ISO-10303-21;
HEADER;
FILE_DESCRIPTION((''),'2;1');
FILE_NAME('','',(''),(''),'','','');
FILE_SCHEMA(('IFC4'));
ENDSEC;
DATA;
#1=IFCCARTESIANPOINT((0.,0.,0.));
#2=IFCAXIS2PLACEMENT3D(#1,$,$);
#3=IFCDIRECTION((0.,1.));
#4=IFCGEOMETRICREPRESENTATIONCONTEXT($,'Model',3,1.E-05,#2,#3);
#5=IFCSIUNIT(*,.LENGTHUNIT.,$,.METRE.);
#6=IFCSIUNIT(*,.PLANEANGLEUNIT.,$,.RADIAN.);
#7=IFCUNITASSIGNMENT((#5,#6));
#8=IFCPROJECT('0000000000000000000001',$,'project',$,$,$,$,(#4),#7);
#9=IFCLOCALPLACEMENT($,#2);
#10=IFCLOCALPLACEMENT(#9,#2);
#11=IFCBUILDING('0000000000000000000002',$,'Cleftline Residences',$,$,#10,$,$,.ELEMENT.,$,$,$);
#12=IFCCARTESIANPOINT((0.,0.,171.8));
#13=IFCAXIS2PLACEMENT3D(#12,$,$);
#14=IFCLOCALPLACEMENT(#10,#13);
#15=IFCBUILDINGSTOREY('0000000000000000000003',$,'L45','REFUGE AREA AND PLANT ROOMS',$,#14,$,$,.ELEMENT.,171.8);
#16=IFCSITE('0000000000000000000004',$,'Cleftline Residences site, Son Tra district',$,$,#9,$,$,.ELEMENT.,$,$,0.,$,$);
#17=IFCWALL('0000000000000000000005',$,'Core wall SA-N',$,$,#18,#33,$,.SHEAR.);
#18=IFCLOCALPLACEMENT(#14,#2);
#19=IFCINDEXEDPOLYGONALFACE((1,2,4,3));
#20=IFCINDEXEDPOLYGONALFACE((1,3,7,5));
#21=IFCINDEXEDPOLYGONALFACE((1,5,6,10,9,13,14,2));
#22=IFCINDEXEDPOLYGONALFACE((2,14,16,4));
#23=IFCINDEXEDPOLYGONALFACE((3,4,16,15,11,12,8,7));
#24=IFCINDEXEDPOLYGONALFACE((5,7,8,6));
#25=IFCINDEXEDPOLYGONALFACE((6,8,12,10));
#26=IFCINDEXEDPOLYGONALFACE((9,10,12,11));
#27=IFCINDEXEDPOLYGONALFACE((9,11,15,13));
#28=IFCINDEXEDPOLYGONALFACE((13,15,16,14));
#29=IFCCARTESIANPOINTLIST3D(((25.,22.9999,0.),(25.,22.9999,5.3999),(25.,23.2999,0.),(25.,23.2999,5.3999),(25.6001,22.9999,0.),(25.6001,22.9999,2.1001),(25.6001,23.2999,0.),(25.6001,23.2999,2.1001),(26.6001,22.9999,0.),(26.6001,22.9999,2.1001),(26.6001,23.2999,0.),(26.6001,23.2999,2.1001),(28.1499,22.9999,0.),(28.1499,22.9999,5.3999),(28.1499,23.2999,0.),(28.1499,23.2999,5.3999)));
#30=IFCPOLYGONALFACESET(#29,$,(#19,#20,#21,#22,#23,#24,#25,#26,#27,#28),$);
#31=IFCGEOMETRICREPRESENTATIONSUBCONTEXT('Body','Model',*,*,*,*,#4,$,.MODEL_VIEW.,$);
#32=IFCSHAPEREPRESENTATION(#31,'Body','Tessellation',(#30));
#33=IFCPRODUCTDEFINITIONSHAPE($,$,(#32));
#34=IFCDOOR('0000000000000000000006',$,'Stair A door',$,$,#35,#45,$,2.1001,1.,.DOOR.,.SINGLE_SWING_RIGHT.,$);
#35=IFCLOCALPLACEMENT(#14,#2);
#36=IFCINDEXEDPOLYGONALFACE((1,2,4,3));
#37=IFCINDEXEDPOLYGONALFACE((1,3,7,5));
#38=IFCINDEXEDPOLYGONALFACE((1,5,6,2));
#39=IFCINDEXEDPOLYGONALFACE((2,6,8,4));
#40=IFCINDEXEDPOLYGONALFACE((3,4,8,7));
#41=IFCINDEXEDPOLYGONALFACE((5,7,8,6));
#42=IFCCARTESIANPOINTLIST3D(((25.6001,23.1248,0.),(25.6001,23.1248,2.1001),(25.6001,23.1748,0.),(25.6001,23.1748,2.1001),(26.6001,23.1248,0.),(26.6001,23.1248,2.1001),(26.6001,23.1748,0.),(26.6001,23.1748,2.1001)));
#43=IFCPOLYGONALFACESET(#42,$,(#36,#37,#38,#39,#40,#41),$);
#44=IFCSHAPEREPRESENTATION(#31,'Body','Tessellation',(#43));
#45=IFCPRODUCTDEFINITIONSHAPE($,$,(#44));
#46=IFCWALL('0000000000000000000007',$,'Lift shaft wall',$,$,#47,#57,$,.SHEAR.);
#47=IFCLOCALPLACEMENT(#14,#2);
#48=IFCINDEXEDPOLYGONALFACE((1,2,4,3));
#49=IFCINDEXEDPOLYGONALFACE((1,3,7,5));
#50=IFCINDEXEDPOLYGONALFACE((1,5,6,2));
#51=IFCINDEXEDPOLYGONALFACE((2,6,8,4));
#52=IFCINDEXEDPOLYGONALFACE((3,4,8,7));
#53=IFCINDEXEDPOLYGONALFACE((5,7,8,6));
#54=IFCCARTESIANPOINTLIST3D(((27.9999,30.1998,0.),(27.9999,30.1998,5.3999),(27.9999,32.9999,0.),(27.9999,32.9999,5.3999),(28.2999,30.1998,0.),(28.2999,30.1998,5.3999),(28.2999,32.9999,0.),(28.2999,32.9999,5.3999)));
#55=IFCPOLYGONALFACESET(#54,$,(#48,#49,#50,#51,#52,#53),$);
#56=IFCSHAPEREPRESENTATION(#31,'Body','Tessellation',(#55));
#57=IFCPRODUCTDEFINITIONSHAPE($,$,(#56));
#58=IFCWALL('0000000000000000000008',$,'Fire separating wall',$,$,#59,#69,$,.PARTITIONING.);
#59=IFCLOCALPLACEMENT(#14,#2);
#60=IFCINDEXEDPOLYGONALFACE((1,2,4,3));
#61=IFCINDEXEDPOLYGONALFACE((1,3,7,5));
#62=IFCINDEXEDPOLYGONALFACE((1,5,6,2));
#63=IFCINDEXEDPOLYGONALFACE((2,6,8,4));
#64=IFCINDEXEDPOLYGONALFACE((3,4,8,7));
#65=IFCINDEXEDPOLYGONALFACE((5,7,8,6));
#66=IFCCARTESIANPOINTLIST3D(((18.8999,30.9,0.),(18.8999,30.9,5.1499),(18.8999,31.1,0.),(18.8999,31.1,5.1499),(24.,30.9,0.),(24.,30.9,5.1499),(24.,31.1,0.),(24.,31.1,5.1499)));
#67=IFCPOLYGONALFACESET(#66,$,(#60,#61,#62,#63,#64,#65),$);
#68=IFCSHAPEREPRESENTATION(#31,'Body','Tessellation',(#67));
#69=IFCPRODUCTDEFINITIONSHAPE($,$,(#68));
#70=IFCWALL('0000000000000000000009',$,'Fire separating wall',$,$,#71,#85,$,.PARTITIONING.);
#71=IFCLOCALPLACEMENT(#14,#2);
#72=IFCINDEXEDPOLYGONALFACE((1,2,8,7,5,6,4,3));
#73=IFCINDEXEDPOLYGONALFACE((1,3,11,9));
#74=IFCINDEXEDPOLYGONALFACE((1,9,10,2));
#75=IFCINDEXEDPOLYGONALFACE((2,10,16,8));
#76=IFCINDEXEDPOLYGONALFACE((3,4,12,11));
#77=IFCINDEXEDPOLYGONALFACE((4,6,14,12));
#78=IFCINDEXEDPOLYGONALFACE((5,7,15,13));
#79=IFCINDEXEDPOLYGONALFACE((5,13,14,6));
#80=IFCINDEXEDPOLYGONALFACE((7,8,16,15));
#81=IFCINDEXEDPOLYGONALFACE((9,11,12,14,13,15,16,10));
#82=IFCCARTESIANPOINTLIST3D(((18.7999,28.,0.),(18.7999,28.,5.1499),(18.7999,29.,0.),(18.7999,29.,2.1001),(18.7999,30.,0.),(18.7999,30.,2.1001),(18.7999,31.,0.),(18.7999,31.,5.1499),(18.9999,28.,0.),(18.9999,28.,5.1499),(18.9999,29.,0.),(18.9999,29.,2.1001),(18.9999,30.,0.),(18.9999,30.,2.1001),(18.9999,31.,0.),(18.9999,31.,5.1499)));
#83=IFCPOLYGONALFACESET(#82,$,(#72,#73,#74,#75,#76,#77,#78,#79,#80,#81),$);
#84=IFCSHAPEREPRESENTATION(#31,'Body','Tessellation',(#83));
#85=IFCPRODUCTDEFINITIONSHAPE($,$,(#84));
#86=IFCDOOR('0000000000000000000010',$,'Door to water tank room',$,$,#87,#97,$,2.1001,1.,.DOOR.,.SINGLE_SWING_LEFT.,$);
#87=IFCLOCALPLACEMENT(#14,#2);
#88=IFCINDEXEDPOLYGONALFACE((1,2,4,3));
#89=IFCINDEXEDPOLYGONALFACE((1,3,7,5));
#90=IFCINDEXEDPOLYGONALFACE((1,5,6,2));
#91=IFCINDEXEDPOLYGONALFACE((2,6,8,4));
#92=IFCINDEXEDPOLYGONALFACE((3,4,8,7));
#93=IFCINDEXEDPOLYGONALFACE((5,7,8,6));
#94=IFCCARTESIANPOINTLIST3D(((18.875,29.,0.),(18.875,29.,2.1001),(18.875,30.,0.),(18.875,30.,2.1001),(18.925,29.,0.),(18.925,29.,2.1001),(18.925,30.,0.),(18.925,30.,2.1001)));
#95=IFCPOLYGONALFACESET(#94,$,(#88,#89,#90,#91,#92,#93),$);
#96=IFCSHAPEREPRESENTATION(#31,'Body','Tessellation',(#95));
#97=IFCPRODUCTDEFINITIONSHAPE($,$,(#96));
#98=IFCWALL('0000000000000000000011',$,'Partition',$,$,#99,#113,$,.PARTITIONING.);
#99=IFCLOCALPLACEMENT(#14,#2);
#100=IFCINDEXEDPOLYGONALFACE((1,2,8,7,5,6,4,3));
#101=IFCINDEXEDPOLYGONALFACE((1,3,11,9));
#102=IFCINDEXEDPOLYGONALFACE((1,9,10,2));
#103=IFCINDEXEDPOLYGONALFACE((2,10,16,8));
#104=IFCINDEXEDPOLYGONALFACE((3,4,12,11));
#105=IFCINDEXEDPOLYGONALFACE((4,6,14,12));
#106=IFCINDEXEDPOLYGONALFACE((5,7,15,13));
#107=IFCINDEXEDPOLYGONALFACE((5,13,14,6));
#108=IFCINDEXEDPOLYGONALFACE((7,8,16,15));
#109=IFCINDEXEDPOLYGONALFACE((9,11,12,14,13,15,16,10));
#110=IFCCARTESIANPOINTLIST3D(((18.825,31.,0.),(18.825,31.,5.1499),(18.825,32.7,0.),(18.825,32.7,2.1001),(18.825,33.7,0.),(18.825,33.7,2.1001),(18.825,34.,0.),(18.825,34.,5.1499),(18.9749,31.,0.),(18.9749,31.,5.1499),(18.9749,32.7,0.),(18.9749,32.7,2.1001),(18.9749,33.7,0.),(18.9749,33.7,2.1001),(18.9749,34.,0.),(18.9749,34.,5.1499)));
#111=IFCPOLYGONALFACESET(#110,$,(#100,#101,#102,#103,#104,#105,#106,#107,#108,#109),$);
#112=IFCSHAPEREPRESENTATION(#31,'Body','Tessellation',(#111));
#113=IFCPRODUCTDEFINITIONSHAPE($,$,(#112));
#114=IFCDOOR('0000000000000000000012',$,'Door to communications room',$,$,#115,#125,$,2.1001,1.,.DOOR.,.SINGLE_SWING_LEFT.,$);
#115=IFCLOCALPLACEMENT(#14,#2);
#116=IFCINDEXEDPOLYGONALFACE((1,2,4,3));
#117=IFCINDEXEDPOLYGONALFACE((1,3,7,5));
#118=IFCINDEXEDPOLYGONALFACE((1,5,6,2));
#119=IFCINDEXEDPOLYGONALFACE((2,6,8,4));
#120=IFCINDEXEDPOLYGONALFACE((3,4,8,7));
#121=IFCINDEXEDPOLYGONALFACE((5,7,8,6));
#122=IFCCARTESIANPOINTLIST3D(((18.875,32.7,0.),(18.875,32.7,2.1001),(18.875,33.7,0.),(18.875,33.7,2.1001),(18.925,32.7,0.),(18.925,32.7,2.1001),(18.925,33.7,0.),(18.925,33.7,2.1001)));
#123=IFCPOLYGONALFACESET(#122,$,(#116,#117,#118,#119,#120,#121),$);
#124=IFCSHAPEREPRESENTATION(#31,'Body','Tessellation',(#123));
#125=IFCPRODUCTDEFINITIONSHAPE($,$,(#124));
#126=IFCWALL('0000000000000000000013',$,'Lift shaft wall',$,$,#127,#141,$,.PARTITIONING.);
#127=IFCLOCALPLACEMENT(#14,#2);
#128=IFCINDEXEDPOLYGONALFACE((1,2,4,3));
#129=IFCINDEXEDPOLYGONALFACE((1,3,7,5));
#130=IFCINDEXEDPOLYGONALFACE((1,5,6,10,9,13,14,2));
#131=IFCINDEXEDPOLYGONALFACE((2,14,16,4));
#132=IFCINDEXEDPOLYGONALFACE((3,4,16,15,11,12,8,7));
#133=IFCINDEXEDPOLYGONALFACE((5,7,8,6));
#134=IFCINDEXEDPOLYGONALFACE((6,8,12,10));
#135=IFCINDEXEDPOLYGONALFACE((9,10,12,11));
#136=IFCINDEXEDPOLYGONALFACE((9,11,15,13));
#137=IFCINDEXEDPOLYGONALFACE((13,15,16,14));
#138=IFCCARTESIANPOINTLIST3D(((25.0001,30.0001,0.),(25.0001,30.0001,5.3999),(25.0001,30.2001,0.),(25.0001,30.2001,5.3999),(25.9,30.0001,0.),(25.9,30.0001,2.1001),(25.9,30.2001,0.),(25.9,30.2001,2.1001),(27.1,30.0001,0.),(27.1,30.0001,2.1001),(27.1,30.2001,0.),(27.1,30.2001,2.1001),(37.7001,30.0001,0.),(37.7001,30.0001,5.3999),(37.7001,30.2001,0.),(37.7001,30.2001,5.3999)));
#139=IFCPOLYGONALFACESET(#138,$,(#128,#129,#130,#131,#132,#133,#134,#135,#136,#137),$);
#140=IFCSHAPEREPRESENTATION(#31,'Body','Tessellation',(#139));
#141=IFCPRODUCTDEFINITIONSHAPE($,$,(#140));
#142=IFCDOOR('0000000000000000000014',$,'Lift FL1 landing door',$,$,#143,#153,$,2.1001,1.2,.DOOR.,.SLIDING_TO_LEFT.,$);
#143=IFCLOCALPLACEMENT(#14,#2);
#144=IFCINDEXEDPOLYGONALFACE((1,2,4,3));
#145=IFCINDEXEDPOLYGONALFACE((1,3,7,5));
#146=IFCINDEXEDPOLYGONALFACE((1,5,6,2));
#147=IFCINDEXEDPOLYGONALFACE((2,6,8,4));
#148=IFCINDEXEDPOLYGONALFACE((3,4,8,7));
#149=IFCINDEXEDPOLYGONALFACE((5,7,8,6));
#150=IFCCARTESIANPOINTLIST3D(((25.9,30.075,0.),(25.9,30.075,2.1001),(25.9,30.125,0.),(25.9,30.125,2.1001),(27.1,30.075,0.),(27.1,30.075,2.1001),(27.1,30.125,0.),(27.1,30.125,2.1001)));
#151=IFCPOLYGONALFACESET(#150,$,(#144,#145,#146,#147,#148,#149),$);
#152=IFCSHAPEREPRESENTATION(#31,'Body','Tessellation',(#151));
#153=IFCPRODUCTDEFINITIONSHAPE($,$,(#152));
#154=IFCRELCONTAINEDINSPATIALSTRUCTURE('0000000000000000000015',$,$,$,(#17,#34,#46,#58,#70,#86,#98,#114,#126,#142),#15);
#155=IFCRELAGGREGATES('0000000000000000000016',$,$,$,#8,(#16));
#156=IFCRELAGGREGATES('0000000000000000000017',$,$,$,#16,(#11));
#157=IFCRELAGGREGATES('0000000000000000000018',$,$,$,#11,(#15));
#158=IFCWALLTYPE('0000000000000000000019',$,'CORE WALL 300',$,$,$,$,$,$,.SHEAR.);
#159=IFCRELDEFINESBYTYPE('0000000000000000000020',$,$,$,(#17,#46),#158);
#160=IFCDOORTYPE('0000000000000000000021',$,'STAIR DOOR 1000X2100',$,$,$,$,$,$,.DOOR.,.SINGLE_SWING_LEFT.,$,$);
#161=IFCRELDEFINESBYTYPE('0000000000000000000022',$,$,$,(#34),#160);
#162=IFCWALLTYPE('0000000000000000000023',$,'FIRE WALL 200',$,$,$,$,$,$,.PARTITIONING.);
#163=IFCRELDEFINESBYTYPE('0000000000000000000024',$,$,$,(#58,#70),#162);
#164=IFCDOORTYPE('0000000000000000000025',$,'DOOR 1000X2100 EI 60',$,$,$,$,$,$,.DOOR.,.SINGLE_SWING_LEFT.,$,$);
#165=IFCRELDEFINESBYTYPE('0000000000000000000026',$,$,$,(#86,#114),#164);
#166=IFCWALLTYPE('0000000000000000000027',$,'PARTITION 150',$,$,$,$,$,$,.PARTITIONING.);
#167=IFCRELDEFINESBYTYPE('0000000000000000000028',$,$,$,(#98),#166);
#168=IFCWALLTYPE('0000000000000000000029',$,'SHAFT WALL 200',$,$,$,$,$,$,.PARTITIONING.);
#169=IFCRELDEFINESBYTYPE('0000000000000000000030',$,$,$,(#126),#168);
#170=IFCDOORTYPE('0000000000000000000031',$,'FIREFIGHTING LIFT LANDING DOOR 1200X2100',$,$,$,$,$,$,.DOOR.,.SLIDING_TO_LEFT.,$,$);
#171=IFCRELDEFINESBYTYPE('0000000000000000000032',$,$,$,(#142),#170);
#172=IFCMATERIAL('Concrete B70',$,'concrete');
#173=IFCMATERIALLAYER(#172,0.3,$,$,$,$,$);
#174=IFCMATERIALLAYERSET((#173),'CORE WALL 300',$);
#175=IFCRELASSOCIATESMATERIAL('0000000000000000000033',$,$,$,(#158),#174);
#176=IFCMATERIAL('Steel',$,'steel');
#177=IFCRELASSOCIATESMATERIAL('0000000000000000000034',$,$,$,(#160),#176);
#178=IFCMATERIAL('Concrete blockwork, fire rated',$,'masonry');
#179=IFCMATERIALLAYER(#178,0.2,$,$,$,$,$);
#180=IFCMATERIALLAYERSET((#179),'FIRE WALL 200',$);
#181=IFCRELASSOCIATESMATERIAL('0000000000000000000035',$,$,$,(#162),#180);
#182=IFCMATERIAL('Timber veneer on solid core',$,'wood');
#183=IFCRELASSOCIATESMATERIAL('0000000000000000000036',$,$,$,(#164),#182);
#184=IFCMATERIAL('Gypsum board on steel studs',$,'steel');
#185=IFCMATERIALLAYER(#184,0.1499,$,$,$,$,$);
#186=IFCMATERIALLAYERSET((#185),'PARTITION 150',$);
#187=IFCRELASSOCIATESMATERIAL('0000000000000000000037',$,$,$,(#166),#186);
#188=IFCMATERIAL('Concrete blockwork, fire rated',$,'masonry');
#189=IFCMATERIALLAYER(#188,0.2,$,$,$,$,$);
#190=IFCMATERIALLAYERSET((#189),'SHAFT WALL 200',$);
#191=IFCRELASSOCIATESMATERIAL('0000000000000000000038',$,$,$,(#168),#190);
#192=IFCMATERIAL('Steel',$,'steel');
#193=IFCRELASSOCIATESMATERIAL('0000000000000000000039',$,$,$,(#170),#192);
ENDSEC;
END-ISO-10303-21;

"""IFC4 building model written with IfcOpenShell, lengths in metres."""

from ifc_helpers import new_model, si_unit, direction, frame, frame_2d, origin, place, context, subcontext, project, spatial, rectangle, extrude, material, layer, layer_set, type_object, element, fill, save


model = new_model("IFC4")

# Units and contexts
model_context = context("Model", 3, precision=1e-05, world=origin(), true_north=direction((0.0, 1.0)))
body_context = subcontext(model_context, "Body", "Model", "MODEL_VIEW")
ifc_project = project(units=[si_unit("LENGTHUNIT", "METRE"), si_unit("PLANEANGLEUNIT", "RADIAN")], contexts=[model_context])

# Site, building, storey
site_placement = place(None, origin())
site = spatial("IfcSite", under=ifc_project, at=site_placement, Name="Cleftline Residences site, Son Tra district", CompositionType="ELEMENT", RefElevation=0.0)
building_placement = place(site_placement, origin())
building = spatial("IfcBuilding", under=site, at=building_placement, Name="Cleftline Residences", CompositionType="ELEMENT")
storey_placement = place(building_placement, frame((0.0, 0.0, 171.8)))
storey = spatial("IfcBuildingStorey", under=building, at=storey_placement, Name="L45", Description="REFUGE AREA AND PLANT ROOMS", CompositionType="ELEMENT", Elevation=171.8)

# Wall, opening, door
ifc_material_1 = material(Name="Concrete B70", Category="concrete")
ifc_layer_1 = layer(ifc_material_1, 0.3)
ifc_layer_set_1 = layer_set([ifc_layer_1], Name="CORE WALL 300")
wall_type_1 = type_object("IfcWallType", Name="CORE WALL 300", PredefinedType="SHEAR", material=ifc_layer_set_1)
wall_1_placement = place(storey_placement, frame((25.0, 23.1499, 0.0), z_axis=(0.0, 0.0, 1.0), x_axis=(1.0, 0.0, 0.0)))
wall_1 = element("IfcWall", 1, at=wall_1_placement, inside=storey, type_object=wall_type_1, Name="Core wall SA-N", PredefinedType="SHEAR", context=body_context, shape_type="SweptSolid", body=[
    extrude(rectangle(XDim=3.1499, YDim=0.3, at=frame_2d((1.575, 0.0))), origin(), (0.0, 0.0, 1.0), 5.3999),
])
opening_1_placement = place(wall_1_placement, frame((0.6001, 0.0, 0.0)))
opening_1 = element("IfcOpeningElement", 2, at=opening_1_placement, cuts=wall_1, PredefinedType="OPENING", context=body_context, shape_type="SweptSolid", body=[
    extrude(rectangle(XDim=1.0, YDim=2.1001, at=frame_2d((0.5, 1.05))), frame((0.0, 0.1599, 0.0), z_axis=(0.0, -1.0, 0.0), x_axis=(1.0, 0.0, 0.0)), (0.0, 0.0, 1.0), 0.3201),
])
ifc_material_2 = material(Name="Steel", Category="steel")
door_type_1 = type_object("IfcDoorType", Name="STAIR DOOR 1000X2100", OperationType="SINGLE_SWING_LEFT", PredefinedType="DOOR", material=ifc_material_2)
door_1_placement = place(opening_1_placement, origin())
door_1 = element("IfcDoor", 3, at=door_1_placement, inside=storey, type_object=door_type_1, Name="Stair A door", OperationType="SINGLE_SWING_RIGHT", OverallHeight=2.1001, OverallWidth=1.0, PredefinedType="DOOR", context=body_context, shape_type="SweptSolid", body=[
    extrude(rectangle(XDim=1.0, YDim=2.1001, at=frame_2d((0.5, 1.05))), frame((0.0, 0.0249, 0.0), z_axis=(0.0, -1.0, 0.0), x_axis=(1.0, 0.0, 0.0)), (0.0, 0.0, 1.0), 0.05),
])
fill(opening_1, door_1)

# Walls
wall_2_placement = place(storey_placement, frame((28.1499, 30.2, 0.0), z_axis=(0.0, 0.0, 1.0), x_axis=(0.0, 1.0, 0.0)))
element("IfcWall", 4, at=wall_2_placement, inside=storey, type_object=wall_type_1, Name="Lift shaft wall", PredefinedType="SHEAR", context=body_context, shape_type="SweptSolid", body=[
    extrude(rectangle(XDim=2.8, YDim=0.3, at=frame_2d((1.3999, 0.0))), origin(), (0.0, 0.0, 1.0), 5.3999),
])
ifc_material_3 = material(Name="Concrete blockwork, fire rated", Category="masonry")
ifc_layer_2 = layer(ifc_material_3, 0.2)
ifc_layer_set_2 = layer_set([ifc_layer_2], Name="FIRE WALL 200")
wall_type_2 = type_object("IfcWallType", Name="FIRE WALL 200", PredefinedType="PARTITIONING", material=ifc_layer_set_2)
wall_3_placement = place(storey_placement, frame((18.8999, 31.0, 0.0), z_axis=(0.0, 0.0, 1.0), x_axis=(1.0, 0.0, 0.0)))
element("IfcWall", 5, at=wall_3_placement, inside=storey, type_object=wall_type_2, Name="Fire separating wall", PredefinedType="PARTITIONING", context=body_context, shape_type="SweptSolid", body=[
    extrude(rectangle(XDim=5.1001, YDim=0.2, at=frame_2d((2.55, 0.0))), origin(), (0.0, 0.0, 1.0), 5.1499),
])

# Walls, openings, doors
wall_4_placement = place(storey_placement, frame((18.8999, 28.0, 0.0), z_axis=(0.0, 0.0, 1.0), x_axis=(0.0, 1.0, 0.0)))
wall_4 = element("IfcWall", 6, at=wall_4_placement, inside=storey, type_object=wall_type_2, Name="Fire separating wall", PredefinedType="PARTITIONING", context=body_context, shape_type="SweptSolid", body=[
    extrude(rectangle(XDim=3.0, YDim=0.2, at=frame_2d((1.5, 0.0))), origin(), (0.0, 0.0, 1.0), 5.1499),
])
opening_2_placement = place(wall_4_placement, frame((1.0, 0.0, 0.0)))
opening_2 = element("IfcOpeningElement", 7, at=opening_2_placement, cuts=wall_4, PredefinedType="OPENING", context=body_context, shape_type="SweptSolid", body=[
    extrude(rectangle(XDim=1.0, YDim=2.1001, at=frame_2d((0.5, 1.05))), frame((0.0, 0.1099, 0.0), z_axis=(0.0, -1.0, 0.0), x_axis=(1.0, 0.0, 0.0)), (0.0, 0.0, 1.0), 0.22),
])
ifc_material_4 = material(Name="Timber veneer on solid core", Category="wood")
door_type_2 = type_object("IfcDoorType", Name="DOOR 1000X2100 EI 60", OperationType="SINGLE_SWING_LEFT", PredefinedType="DOOR", material=ifc_material_4)
door_2_placement = place(opening_2_placement, origin())
door_2 = element("IfcDoor", 8, at=door_2_placement, inside=storey, type_object=door_type_2, Name="Door to water tank room", OperationType="SINGLE_SWING_LEFT", OverallHeight=2.1001, OverallWidth=1.0, PredefinedType="DOOR", context=body_context, shape_type="SweptSolid", body=[
    extrude(rectangle(XDim=1.0, YDim=2.1001, at=frame_2d((0.5, 1.05))), frame((0.0, 0.0249, 0.0), z_axis=(0.0, -1.0, 0.0), x_axis=(1.0, 0.0, 0.0)), (0.0, 0.0, 1.0), 0.05),
])
fill(opening_2, door_2)
ifc_material_5 = material(Name="Gypsum board on steel studs", Category="steel")
ifc_layer_3 = layer(ifc_material_5, 0.1499)
ifc_layer_set_3 = layer_set([ifc_layer_3], Name="PARTITION 150")
wall_type_3 = type_object("IfcWallType", Name="PARTITION 150", PredefinedType="PARTITIONING", material=ifc_layer_set_3)
wall_5_placement = place(storey_placement, frame((18.8999, 31.0, 0.0), z_axis=(0.0, 0.0, 1.0), x_axis=(0.0, 1.0, 0.0)))
wall_5 = element("IfcWall", 9, at=wall_5_placement, inside=storey, type_object=wall_type_3, Name="Partition", PredefinedType="PARTITIONING", context=body_context, shape_type="SweptSolid", body=[
    extrude(rectangle(XDim=3.0, YDim=0.1499, at=frame_2d((1.5, 0.0))), origin(), (0.0, 0.0, 1.0), 5.1499),
])
opening_3_placement = place(wall_5_placement, frame((1.7, 0.0, 0.0)))
opening_3 = element("IfcOpeningElement", 10, at=opening_3_placement, cuts=wall_5, PredefinedType="OPENING", context=body_context, shape_type="SweptSolid", body=[
    extrude(rectangle(XDim=1.0, YDim=2.1001, at=frame_2d((0.5, 1.05))), frame((0.0, 0.085, 0.0), z_axis=(0.0, -1.0, 0.0), x_axis=(1.0, 0.0, 0.0)), (0.0, 0.0, 1.0), 0.1699),
])
door_3_placement = place(opening_3_placement, origin())
door_3 = element("IfcDoor", 11, at=door_3_placement, inside=storey, type_object=door_type_2, Name="Door to communications room", OperationType="SINGLE_SWING_LEFT", OverallHeight=2.1001, OverallWidth=1.0, PredefinedType="DOOR", context=body_context, shape_type="SweptSolid", body=[
    extrude(rectangle(XDim=1.0, YDim=2.1001, at=frame_2d((0.5, 1.05))), frame((0.0, 0.0249, 0.0), z_axis=(0.0, -1.0, 0.0), x_axis=(1.0, 0.0, 0.0)), (0.0, 0.0, 1.0), 0.05),
])
fill(opening_3, door_3)
ifc_material_6 = material(Name="Concrete blockwork, fire rated", Category="masonry")
ifc_layer_4 = layer(ifc_material_6, 0.2)
ifc_layer_set_4 = layer_set([ifc_layer_4], Name="SHAFT WALL 200")
wall_type_4 = type_object("IfcWallType", Name="SHAFT WALL 200", PredefinedType="PARTITIONING", material=ifc_layer_set_4)
wall_6_placement = place(storey_placement, frame((25.0, 30.1001, 0.0), z_axis=(0.0, 0.0, 1.0), x_axis=(1.0, 0.0, 0.0)))
wall_6 = element("IfcWall", 12, at=wall_6_placement, inside=storey, type_object=wall_type_4, Name="Lift shaft wall", PredefinedType="PARTITIONING", context=body_context, shape_type="SweptSolid", body=[
    extrude(rectangle(XDim=12.7, YDim=0.2, at=frame_2d((6.3501, 0.0))), origin(), (0.0, 0.0, 1.0), 5.3999),
])
opening_4_placement = place(wall_6_placement, frame((0.8999, 0.0, 0.0)))
opening_4 = element("IfcOpeningElement", 13, at=opening_4_placement, cuts=wall_6, PredefinedType="OPENING", context=body_context, shape_type="SweptSolid", body=[
    extrude(rectangle(XDim=1.2, YDim=2.1001, at=frame_2d((0.6001, 1.05))), frame((0.0, 0.1099, 0.0), z_axis=(0.0, -1.0, 0.0), x_axis=(1.0, 0.0, 0.0)), (0.0, 0.0, 1.0), 0.22),
])
ifc_material_7 = material(Name="Steel", Category="steel")
door_type_3 = type_object("IfcDoorType", Name="FIREFIGHTING LIFT LANDING DOOR 1200X2100", OperationType="SLIDING_TO_LEFT", PredefinedType="DOOR", material=ifc_material_7)
door_4_placement = place(opening_4_placement, origin())
door_4 = element("IfcDoor", 14, at=door_4_placement, inside=storey, type_object=door_type_3, Name="Lift FL1 landing door", OperationType="SLIDING_TO_LEFT", OverallHeight=2.1001, OverallWidth=1.2, PredefinedType="DOOR", context=body_context, shape_type="SweptSolid", body=[
    extrude(rectangle(XDim=1.2, YDim=2.1001, at=frame_2d((0.6001, 1.05))), frame((0.0, 0.0249, 0.0), z_axis=(0.0, -1.0, 0.0), x_axis=(1.0, 0.0, 0.0)), (0.0, 0.0, 1.0), 0.05),
])
fill(opening_4, door_4)

save(model, "model.ifc")
